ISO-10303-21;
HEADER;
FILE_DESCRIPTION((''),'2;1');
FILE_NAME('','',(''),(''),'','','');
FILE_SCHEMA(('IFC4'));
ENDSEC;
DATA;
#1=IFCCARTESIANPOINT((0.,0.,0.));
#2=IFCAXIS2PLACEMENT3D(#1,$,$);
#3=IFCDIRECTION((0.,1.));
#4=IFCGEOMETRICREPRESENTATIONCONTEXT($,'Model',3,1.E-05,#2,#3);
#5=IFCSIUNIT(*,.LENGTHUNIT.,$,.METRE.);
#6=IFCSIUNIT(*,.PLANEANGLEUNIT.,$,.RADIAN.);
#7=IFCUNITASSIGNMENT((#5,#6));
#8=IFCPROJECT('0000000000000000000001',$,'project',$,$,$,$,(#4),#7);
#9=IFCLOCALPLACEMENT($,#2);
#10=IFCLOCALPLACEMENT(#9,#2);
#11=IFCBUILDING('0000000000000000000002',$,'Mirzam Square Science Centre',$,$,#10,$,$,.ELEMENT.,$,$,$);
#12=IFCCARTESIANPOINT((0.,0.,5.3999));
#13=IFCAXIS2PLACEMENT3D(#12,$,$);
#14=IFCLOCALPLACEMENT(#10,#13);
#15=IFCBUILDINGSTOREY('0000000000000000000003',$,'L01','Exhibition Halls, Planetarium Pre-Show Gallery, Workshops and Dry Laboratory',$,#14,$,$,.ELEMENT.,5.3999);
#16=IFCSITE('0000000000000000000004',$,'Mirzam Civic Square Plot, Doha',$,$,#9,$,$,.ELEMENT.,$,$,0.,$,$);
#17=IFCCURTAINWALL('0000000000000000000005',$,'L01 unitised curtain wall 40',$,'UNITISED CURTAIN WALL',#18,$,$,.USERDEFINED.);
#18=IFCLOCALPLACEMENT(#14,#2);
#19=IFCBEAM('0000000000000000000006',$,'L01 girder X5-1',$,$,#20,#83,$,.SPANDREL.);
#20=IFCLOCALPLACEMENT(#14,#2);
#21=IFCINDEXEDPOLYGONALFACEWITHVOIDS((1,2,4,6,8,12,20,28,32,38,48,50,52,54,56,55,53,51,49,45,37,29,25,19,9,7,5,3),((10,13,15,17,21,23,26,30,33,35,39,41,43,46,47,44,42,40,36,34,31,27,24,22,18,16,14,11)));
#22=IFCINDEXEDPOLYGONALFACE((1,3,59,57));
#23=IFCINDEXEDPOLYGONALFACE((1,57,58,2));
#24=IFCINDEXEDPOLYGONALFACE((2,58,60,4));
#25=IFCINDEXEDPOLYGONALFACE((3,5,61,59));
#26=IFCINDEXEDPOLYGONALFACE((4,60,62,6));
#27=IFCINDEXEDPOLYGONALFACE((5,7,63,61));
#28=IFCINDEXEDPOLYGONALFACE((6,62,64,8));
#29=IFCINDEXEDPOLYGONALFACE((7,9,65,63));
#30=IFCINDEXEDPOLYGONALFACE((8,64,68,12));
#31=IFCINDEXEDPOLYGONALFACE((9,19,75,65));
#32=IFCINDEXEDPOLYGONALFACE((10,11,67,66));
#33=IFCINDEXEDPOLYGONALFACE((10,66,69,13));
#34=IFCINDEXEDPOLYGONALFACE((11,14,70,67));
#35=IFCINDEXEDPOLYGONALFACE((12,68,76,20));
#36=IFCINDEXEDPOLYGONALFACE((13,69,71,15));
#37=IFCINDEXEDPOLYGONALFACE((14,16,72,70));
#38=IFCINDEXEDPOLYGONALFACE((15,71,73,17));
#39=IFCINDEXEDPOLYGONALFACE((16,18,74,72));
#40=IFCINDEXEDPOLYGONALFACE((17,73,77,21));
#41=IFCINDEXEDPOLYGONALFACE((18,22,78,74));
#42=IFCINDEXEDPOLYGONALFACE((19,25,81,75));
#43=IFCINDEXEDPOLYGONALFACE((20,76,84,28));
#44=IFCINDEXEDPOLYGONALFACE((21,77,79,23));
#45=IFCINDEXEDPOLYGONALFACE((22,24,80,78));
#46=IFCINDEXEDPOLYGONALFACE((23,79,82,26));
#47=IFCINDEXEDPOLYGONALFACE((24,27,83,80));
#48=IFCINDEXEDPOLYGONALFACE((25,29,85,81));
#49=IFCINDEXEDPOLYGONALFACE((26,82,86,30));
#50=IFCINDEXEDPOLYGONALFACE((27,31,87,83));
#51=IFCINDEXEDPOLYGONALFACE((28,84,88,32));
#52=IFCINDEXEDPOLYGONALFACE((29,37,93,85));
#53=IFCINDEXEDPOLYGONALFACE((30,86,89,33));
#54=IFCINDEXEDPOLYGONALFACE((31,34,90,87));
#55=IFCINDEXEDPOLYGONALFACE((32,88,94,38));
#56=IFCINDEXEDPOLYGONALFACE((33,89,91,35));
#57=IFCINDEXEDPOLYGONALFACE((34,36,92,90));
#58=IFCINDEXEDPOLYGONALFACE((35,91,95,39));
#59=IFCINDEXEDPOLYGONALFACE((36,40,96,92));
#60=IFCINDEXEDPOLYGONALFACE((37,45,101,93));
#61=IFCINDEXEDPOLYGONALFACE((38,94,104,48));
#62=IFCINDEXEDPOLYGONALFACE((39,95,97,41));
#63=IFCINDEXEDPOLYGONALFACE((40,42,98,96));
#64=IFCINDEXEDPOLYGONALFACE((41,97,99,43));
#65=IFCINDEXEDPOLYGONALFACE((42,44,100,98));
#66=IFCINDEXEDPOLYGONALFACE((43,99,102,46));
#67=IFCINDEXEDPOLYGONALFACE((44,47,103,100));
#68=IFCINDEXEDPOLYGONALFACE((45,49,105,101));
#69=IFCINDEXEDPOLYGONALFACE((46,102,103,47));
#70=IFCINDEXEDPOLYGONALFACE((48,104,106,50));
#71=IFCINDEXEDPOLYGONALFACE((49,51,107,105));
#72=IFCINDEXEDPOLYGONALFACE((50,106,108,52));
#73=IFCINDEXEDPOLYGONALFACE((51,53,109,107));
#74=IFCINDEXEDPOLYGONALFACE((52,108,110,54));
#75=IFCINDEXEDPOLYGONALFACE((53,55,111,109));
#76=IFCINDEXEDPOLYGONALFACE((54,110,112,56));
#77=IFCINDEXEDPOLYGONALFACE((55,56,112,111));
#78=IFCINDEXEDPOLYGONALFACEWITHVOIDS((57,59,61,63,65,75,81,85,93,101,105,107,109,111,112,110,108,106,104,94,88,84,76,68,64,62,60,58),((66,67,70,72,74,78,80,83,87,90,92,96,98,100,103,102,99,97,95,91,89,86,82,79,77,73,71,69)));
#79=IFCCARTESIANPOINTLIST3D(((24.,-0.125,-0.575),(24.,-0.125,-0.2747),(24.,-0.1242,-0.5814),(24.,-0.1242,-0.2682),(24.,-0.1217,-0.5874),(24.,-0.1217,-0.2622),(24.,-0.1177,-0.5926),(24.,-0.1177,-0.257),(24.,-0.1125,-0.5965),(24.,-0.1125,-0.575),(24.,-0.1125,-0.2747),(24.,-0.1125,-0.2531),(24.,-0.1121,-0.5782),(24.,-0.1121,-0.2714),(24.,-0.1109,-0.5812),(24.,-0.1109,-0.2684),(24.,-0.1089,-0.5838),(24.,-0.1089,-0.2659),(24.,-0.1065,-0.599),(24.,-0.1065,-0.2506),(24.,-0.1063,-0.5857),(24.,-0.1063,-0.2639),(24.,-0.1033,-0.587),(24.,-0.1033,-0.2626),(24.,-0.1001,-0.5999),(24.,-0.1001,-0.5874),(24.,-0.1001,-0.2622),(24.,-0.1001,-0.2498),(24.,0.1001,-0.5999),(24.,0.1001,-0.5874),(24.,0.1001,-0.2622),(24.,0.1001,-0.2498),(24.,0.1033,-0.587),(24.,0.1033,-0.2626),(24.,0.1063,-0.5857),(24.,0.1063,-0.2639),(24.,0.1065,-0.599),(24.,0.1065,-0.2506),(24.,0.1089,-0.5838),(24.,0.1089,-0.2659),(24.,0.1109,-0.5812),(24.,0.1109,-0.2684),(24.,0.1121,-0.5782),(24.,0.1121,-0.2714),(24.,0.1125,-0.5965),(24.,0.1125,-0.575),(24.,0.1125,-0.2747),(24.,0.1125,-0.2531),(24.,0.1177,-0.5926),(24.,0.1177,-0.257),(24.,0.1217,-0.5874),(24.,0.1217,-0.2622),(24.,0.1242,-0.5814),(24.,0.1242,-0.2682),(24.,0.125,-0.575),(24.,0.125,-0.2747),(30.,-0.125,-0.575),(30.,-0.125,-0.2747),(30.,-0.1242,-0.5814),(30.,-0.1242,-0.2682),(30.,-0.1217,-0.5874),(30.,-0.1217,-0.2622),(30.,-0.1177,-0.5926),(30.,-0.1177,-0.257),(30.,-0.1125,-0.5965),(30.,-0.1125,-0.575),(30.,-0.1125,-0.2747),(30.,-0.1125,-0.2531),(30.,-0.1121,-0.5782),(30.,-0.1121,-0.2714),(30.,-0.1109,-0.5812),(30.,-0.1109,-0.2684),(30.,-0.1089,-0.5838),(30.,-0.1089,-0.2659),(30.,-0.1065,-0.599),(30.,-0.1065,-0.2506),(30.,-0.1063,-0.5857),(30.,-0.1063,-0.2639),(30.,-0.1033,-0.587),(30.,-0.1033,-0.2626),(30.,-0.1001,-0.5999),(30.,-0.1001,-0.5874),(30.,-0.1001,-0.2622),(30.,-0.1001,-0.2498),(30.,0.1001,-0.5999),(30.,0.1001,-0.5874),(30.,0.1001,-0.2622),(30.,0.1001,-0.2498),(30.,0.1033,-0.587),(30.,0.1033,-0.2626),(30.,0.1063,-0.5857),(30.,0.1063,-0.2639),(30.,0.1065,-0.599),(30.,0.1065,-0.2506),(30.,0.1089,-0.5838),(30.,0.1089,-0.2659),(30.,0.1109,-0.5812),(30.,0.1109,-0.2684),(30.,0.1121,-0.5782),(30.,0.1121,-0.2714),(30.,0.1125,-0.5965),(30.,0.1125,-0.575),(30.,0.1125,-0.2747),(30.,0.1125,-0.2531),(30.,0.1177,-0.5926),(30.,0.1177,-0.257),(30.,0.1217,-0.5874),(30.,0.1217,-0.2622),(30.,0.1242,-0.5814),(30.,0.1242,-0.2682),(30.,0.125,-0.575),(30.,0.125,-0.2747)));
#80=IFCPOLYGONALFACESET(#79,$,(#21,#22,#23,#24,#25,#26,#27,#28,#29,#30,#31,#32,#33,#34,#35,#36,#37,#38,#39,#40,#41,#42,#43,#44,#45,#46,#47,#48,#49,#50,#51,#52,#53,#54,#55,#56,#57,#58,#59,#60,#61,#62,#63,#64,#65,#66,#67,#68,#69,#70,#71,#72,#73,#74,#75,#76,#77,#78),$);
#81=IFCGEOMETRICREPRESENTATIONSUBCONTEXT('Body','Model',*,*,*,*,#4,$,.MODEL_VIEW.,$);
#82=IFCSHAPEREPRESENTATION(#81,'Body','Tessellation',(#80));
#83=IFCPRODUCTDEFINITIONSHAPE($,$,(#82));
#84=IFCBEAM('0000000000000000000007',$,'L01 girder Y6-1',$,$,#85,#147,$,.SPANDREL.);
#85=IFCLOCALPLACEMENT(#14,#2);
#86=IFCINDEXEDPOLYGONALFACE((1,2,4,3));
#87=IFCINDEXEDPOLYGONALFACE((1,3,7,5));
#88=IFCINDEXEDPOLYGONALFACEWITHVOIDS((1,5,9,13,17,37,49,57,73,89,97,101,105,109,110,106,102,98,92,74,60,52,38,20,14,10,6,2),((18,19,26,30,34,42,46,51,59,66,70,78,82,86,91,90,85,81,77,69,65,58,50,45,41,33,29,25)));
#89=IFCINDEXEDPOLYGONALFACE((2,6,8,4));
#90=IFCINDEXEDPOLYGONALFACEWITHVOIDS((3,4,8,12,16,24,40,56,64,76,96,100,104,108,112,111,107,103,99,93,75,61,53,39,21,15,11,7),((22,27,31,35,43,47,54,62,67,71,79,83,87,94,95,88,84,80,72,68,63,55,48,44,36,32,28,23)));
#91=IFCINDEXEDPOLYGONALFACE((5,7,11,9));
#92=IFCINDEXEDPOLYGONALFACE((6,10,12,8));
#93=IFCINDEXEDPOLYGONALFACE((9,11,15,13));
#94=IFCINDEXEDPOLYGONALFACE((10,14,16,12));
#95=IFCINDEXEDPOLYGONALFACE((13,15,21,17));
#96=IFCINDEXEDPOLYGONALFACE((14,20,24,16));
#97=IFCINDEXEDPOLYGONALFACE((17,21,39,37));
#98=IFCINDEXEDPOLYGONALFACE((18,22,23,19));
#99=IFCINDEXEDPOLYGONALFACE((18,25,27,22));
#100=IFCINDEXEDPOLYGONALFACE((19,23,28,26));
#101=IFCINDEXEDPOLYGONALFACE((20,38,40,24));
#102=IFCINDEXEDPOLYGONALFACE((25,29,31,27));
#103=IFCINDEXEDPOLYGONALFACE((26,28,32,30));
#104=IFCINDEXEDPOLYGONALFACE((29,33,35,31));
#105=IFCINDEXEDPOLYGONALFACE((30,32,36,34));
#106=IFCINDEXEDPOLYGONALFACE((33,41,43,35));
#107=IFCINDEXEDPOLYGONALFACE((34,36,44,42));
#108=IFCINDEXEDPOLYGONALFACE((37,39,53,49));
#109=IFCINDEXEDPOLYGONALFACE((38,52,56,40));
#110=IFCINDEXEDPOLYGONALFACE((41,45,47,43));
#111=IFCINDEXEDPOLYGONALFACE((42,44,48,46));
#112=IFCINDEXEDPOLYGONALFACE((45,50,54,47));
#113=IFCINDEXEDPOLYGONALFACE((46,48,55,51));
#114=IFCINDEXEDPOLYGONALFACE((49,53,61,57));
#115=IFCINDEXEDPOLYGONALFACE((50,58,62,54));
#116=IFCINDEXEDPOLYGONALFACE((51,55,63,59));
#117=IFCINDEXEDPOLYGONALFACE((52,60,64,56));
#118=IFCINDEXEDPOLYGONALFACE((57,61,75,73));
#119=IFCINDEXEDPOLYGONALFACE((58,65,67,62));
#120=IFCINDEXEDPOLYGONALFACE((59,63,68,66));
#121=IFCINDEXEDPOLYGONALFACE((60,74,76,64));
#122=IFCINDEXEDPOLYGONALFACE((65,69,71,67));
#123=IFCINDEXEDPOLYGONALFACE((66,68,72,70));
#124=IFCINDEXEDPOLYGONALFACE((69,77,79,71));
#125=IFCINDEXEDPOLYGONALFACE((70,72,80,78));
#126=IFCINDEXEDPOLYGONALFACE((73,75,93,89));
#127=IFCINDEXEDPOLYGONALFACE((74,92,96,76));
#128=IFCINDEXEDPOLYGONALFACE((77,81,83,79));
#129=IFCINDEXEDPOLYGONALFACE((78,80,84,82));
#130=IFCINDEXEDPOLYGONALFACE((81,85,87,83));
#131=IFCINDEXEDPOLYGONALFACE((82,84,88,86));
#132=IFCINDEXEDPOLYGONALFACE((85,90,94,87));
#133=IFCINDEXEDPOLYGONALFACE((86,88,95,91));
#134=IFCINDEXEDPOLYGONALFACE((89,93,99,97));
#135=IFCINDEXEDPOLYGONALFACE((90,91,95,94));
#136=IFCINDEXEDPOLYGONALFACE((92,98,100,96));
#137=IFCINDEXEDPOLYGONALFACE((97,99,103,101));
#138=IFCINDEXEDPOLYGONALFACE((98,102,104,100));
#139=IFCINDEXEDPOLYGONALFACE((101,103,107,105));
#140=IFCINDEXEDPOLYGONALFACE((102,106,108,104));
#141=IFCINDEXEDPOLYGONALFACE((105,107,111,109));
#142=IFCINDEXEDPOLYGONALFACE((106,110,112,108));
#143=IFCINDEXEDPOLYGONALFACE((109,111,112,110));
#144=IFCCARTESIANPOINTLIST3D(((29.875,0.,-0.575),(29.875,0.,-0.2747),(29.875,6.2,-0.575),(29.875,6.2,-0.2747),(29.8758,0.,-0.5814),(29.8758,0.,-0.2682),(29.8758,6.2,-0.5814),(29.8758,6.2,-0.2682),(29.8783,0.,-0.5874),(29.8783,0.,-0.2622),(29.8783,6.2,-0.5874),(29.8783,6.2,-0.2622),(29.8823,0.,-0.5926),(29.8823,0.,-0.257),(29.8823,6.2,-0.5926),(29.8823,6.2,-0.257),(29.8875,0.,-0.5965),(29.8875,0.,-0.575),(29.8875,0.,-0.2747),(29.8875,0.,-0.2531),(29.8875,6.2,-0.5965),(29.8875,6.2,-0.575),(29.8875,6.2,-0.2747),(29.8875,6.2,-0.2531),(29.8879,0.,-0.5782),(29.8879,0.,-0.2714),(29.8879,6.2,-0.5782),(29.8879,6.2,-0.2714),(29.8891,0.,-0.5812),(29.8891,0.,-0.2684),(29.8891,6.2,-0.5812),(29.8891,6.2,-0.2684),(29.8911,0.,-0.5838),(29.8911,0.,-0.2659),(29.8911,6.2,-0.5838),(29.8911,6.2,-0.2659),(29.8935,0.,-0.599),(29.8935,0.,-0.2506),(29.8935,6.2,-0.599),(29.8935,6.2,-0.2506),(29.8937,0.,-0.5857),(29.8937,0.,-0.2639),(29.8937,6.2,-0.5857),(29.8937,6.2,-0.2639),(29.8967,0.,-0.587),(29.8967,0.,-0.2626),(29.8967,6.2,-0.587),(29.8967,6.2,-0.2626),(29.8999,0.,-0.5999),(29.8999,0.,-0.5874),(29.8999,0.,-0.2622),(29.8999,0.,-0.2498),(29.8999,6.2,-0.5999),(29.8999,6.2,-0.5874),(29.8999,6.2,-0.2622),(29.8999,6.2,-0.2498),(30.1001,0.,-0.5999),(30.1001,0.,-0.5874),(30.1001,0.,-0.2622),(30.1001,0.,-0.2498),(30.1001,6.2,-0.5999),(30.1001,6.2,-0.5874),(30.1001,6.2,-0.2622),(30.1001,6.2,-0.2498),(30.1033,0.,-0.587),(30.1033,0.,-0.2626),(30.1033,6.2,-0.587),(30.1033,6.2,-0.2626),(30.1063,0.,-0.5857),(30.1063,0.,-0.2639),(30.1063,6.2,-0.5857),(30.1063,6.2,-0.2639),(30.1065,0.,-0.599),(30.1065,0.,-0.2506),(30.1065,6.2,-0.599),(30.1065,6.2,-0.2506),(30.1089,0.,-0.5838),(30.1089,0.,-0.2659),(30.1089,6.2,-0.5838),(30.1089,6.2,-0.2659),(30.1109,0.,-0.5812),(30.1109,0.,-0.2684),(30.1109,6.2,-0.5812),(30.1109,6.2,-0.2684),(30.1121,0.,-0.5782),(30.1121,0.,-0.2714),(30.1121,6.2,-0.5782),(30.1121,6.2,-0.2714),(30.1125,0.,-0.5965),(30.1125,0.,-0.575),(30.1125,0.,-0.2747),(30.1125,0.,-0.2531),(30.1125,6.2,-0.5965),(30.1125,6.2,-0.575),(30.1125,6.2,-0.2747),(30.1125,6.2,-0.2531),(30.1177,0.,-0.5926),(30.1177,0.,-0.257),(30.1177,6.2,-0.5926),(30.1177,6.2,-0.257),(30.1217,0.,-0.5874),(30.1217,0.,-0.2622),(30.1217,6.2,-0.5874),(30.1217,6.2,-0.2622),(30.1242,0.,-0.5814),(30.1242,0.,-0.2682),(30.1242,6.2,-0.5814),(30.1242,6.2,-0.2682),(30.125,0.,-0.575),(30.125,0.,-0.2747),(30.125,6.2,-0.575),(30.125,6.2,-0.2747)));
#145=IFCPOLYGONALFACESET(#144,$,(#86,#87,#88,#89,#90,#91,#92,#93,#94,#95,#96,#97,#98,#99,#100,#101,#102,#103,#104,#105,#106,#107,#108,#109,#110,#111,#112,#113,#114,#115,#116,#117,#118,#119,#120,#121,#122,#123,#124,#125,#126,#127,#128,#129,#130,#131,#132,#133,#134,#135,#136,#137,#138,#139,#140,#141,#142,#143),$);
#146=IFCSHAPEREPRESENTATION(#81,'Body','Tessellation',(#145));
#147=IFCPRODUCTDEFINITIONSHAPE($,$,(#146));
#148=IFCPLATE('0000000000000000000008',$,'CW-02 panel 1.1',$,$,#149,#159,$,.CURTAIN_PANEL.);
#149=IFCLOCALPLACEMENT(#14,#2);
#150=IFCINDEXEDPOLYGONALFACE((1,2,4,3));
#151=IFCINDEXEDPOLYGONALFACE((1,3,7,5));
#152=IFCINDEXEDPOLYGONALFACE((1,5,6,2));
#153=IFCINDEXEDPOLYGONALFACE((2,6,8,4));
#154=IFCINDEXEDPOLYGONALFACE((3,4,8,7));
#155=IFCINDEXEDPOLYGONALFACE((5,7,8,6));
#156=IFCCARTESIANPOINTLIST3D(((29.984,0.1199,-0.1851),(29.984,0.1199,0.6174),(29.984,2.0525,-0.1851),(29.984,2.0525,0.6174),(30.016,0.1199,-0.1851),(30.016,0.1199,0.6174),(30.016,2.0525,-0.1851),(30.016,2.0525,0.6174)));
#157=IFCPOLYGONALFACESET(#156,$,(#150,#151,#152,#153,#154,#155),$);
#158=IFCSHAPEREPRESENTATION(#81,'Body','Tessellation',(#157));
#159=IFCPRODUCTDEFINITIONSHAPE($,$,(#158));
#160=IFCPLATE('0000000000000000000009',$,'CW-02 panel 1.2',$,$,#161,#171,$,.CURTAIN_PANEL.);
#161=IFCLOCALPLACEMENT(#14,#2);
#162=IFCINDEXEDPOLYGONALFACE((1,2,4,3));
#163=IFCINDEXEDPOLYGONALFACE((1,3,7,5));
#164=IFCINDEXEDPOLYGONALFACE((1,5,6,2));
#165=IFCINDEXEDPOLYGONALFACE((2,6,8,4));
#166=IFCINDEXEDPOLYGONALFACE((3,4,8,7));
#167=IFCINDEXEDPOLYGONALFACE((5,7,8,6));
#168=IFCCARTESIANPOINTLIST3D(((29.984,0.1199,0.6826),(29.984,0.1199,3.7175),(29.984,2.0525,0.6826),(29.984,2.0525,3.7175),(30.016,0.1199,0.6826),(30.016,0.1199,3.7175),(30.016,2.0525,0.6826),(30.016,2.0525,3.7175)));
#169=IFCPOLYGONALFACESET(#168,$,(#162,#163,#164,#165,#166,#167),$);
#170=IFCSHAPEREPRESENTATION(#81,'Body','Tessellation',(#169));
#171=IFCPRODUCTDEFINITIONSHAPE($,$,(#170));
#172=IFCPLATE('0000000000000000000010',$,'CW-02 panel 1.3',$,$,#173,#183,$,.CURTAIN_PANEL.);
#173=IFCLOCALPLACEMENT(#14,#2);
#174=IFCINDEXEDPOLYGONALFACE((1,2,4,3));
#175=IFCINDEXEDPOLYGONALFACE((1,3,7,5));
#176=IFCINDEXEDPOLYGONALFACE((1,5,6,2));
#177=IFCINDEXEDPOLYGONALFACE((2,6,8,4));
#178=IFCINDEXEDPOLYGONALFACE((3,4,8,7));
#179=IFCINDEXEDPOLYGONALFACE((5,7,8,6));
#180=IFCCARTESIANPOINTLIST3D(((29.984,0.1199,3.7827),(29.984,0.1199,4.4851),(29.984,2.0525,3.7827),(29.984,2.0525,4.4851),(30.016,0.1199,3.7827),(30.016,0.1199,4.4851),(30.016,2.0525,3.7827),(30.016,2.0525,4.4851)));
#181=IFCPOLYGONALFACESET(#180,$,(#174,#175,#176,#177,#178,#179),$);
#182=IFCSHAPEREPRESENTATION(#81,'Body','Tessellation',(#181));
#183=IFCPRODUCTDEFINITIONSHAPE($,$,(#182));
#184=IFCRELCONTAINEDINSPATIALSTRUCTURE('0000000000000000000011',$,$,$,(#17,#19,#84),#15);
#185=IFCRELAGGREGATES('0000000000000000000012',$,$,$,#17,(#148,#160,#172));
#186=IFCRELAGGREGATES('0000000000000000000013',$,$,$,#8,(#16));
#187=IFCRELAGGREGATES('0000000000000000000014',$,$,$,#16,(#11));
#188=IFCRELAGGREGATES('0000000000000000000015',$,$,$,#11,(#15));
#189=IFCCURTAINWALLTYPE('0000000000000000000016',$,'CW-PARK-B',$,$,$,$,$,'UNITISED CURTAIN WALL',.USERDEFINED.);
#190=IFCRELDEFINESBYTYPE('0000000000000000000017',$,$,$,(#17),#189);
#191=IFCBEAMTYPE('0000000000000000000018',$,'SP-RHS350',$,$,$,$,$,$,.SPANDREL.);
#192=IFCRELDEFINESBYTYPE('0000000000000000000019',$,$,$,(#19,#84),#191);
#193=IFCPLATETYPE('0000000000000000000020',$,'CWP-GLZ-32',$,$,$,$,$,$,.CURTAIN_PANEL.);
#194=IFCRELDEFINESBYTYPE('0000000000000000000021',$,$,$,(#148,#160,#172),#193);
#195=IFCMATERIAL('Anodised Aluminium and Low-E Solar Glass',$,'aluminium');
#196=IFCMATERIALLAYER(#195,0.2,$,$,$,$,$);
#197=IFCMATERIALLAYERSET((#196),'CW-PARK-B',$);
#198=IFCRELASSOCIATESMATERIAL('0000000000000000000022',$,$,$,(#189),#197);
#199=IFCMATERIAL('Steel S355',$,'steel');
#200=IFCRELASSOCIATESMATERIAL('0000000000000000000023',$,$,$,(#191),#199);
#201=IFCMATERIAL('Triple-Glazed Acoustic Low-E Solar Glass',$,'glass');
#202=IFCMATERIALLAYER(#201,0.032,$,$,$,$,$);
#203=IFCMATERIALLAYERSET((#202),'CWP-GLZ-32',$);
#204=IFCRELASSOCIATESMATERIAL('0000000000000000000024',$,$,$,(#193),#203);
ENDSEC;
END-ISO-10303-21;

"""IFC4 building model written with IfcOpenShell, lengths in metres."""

from ifc_helpers import new_model, si_unit, direction, frame, origin, origin_2d, place, context, subcontext, project, spatial, rectangle, hollow_rectangle, extrude, material, layer, layer_set, material_profile, profile_set, type_object, element, aggregate, save


model = new_model("IFC4")

# Units and contexts
model_context = context("Model", 3, precision=1e-05, world=origin(), true_north=direction((0.0, 1.0)))
body_context = subcontext(model_context, "Body", "Model", "MODEL_VIEW")
ifc_project = project(units=[si_unit("LENGTHUNIT", "METRE"), si_unit("PLANEANGLEUNIT", "RADIAN")], contexts=[model_context])

# Site, building, storey
site_placement = place(None, origin())
site = spatial("IfcSite", under=ifc_project, at=site_placement, Name="Mirzam Civic Square Plot, Doha", CompositionType="ELEMENT", RefElevation=0.0)
building_placement = place(site_placement, origin())
building = spatial("IfcBuilding", under=site, at=building_placement, Name="Mirzam Square Science Centre", CompositionType="ELEMENT")
storey_placement = place(building_placement, frame((0.0, 0.0, 5.3999)))
storey = spatial("IfcBuildingStorey", under=building, at=storey_placement, Name="L01", Description="Exhibition Halls, Planetarium Pre-Show Gallery, Workshops and Dry Laboratory", CompositionType="ELEMENT", Elevation=5.3999)

# Shared definitions
ifc_material_1 = material(Name="Steel S355", Category="steel")

# Curtain wall
ifc_material_2 = material(Name="Anodised Aluminium and Low-E Solar Glass", Category="aluminium")
ifc_layer_1 = layer(ifc_material_2, 0.2)
ifc_layer_set_1 = layer_set([ifc_layer_1], Name="CW-PARK-B")
curtain_wall_type = type_object("IfcCurtainWallType", Name="CW-PARK-B", ElementType="UNITISED CURTAIN WALL", PredefinedType="USERDEFINED", material=ifc_layer_set_1)
curtain_wall_placement = place(storey_placement, origin())
curtain_wall = element("IfcCurtainWall", 1, at=curtain_wall_placement, inside=storey, type_object=curtain_wall_type, Name="L01 unitised curtain wall 40", ObjectType="UNITISED CURTAIN WALL", PredefinedType="USERDEFINED")

# Beams
ifc_material_profile_1 = material_profile(ifc_material_1, hollow_rectangle(XDim=0.25, YDim=0.3501, WallThickness=0.0125, InnerFilletRadius=0.0125, OuterFilletRadius=0.0249, at=origin_2d()), Name="350x250x12.5RHS")
ifc_profile_set_1 = profile_set([ifc_material_profile_1], Name="Steel S355")
beam_type_1 = type_object("IfcBeamType", Name="SP-RHS350", PredefinedType="SPANDREL", material=ifc_profile_set_1)
beam_1_placement = place(storey_placement, frame((24.0, 0.0, -0.4248), z_axis=(1.0, 0.0, 0.0), x_axis=(0.0, 1.0, 0.0)))
element("IfcBeam", 2, at=beam_1_placement, inside=storey, type_object=beam_type_1, Name="L01 girder X5-1", PredefinedType="SPANDREL", context=body_context, shape_type="SweptSolid", body=[
    extrude(hollow_rectangle(XDim=0.25, YDim=0.3501, WallThickness=0.0125, InnerFilletRadius=0.0125, OuterFilletRadius=0.0249, at=origin_2d()), origin(), (0.0, 0.0, 1.0), 6.0),
])
beam_2_placement = place(storey_placement, frame((30.0, 0.0, -0.4248), z_axis=(0.0, 1.0, 0.0), x_axis=(-1.0, 0.0, 0.0)))
element("IfcBeam", 3, at=beam_2_placement, inside=storey, type_object=beam_type_1, Name="L01 girder Y6-1", PredefinedType="SPANDREL", context=body_context, shape_type="SweptSolid", body=[
    extrude(hollow_rectangle(XDim=0.25, YDim=0.3501, WallThickness=0.0125, InnerFilletRadius=0.0125, OuterFilletRadius=0.0249, at=origin_2d()), origin(), (0.0, 0.0, 1.0), 6.2),
])

# Plates
ifc_material_3 = material(Name="Triple-Glazed Acoustic Low-E Solar Glass", Category="glass")
ifc_layer_2 = layer(ifc_material_3, 0.032)
ifc_layer_set_2 = layer_set([ifc_layer_2], Name="CWP-GLZ-32")
plate_type = type_object("IfcPlateType", Name="CWP-GLZ-32", PredefinedType="CURTAIN_PANEL", material=ifc_layer_set_2)
plate_1_placement = place(storey_placement, frame((30.0, 1.0862, -0.1851), z_axis=(0.0, 0.0, 1.0), x_axis=(0.0, 1.0, 0.0)))
plate_1 = element("IfcPlate", 4, at=plate_1_placement, type_object=plate_type, Name="CW-02 panel 1.1", PredefinedType="CURTAIN_PANEL", context=body_context, shape_type="SweptSolid", body=[
    extrude(rectangle(XDim=1.9326, YDim=0.032, at=origin_2d()), origin(), (0.0, 0.0, 1.0), 0.8025),
])
plate_2_placement = place(storey_placement, frame((30.0, 1.0862, 0.6826), z_axis=(0.0, 0.0, 1.0), x_axis=(0.0, 1.0, 0.0)))
plate_2 = element("IfcPlate", 5, at=plate_2_placement, type_object=plate_type, Name="CW-02 panel 1.2", PredefinedType="CURTAIN_PANEL", context=body_context, shape_type="SweptSolid", body=[
    extrude(rectangle(XDim=1.9326, YDim=0.032, at=origin_2d()), origin(), (0.0, 0.0, 1.0), 3.0349),
])
plate_3_placement = place(storey_placement, frame((30.0, 1.0862, 3.7827), z_axis=(0.0, 0.0, 1.0), x_axis=(0.0, 1.0, 0.0)))
plate_3 = element("IfcPlate", 6, at=plate_3_placement, type_object=plate_type, Name="CW-02 panel 1.3", PredefinedType="CURTAIN_PANEL", context=body_context, shape_type="SweptSolid", body=[
    extrude(rectangle(XDim=1.9326, YDim=0.032, at=origin_2d()), origin(), (0.0, 0.0, 1.0), 0.7024),
])
aggregate(curtain_wall, [plate_1, plate_2, plate_3])

save(model, "model.ifc")
